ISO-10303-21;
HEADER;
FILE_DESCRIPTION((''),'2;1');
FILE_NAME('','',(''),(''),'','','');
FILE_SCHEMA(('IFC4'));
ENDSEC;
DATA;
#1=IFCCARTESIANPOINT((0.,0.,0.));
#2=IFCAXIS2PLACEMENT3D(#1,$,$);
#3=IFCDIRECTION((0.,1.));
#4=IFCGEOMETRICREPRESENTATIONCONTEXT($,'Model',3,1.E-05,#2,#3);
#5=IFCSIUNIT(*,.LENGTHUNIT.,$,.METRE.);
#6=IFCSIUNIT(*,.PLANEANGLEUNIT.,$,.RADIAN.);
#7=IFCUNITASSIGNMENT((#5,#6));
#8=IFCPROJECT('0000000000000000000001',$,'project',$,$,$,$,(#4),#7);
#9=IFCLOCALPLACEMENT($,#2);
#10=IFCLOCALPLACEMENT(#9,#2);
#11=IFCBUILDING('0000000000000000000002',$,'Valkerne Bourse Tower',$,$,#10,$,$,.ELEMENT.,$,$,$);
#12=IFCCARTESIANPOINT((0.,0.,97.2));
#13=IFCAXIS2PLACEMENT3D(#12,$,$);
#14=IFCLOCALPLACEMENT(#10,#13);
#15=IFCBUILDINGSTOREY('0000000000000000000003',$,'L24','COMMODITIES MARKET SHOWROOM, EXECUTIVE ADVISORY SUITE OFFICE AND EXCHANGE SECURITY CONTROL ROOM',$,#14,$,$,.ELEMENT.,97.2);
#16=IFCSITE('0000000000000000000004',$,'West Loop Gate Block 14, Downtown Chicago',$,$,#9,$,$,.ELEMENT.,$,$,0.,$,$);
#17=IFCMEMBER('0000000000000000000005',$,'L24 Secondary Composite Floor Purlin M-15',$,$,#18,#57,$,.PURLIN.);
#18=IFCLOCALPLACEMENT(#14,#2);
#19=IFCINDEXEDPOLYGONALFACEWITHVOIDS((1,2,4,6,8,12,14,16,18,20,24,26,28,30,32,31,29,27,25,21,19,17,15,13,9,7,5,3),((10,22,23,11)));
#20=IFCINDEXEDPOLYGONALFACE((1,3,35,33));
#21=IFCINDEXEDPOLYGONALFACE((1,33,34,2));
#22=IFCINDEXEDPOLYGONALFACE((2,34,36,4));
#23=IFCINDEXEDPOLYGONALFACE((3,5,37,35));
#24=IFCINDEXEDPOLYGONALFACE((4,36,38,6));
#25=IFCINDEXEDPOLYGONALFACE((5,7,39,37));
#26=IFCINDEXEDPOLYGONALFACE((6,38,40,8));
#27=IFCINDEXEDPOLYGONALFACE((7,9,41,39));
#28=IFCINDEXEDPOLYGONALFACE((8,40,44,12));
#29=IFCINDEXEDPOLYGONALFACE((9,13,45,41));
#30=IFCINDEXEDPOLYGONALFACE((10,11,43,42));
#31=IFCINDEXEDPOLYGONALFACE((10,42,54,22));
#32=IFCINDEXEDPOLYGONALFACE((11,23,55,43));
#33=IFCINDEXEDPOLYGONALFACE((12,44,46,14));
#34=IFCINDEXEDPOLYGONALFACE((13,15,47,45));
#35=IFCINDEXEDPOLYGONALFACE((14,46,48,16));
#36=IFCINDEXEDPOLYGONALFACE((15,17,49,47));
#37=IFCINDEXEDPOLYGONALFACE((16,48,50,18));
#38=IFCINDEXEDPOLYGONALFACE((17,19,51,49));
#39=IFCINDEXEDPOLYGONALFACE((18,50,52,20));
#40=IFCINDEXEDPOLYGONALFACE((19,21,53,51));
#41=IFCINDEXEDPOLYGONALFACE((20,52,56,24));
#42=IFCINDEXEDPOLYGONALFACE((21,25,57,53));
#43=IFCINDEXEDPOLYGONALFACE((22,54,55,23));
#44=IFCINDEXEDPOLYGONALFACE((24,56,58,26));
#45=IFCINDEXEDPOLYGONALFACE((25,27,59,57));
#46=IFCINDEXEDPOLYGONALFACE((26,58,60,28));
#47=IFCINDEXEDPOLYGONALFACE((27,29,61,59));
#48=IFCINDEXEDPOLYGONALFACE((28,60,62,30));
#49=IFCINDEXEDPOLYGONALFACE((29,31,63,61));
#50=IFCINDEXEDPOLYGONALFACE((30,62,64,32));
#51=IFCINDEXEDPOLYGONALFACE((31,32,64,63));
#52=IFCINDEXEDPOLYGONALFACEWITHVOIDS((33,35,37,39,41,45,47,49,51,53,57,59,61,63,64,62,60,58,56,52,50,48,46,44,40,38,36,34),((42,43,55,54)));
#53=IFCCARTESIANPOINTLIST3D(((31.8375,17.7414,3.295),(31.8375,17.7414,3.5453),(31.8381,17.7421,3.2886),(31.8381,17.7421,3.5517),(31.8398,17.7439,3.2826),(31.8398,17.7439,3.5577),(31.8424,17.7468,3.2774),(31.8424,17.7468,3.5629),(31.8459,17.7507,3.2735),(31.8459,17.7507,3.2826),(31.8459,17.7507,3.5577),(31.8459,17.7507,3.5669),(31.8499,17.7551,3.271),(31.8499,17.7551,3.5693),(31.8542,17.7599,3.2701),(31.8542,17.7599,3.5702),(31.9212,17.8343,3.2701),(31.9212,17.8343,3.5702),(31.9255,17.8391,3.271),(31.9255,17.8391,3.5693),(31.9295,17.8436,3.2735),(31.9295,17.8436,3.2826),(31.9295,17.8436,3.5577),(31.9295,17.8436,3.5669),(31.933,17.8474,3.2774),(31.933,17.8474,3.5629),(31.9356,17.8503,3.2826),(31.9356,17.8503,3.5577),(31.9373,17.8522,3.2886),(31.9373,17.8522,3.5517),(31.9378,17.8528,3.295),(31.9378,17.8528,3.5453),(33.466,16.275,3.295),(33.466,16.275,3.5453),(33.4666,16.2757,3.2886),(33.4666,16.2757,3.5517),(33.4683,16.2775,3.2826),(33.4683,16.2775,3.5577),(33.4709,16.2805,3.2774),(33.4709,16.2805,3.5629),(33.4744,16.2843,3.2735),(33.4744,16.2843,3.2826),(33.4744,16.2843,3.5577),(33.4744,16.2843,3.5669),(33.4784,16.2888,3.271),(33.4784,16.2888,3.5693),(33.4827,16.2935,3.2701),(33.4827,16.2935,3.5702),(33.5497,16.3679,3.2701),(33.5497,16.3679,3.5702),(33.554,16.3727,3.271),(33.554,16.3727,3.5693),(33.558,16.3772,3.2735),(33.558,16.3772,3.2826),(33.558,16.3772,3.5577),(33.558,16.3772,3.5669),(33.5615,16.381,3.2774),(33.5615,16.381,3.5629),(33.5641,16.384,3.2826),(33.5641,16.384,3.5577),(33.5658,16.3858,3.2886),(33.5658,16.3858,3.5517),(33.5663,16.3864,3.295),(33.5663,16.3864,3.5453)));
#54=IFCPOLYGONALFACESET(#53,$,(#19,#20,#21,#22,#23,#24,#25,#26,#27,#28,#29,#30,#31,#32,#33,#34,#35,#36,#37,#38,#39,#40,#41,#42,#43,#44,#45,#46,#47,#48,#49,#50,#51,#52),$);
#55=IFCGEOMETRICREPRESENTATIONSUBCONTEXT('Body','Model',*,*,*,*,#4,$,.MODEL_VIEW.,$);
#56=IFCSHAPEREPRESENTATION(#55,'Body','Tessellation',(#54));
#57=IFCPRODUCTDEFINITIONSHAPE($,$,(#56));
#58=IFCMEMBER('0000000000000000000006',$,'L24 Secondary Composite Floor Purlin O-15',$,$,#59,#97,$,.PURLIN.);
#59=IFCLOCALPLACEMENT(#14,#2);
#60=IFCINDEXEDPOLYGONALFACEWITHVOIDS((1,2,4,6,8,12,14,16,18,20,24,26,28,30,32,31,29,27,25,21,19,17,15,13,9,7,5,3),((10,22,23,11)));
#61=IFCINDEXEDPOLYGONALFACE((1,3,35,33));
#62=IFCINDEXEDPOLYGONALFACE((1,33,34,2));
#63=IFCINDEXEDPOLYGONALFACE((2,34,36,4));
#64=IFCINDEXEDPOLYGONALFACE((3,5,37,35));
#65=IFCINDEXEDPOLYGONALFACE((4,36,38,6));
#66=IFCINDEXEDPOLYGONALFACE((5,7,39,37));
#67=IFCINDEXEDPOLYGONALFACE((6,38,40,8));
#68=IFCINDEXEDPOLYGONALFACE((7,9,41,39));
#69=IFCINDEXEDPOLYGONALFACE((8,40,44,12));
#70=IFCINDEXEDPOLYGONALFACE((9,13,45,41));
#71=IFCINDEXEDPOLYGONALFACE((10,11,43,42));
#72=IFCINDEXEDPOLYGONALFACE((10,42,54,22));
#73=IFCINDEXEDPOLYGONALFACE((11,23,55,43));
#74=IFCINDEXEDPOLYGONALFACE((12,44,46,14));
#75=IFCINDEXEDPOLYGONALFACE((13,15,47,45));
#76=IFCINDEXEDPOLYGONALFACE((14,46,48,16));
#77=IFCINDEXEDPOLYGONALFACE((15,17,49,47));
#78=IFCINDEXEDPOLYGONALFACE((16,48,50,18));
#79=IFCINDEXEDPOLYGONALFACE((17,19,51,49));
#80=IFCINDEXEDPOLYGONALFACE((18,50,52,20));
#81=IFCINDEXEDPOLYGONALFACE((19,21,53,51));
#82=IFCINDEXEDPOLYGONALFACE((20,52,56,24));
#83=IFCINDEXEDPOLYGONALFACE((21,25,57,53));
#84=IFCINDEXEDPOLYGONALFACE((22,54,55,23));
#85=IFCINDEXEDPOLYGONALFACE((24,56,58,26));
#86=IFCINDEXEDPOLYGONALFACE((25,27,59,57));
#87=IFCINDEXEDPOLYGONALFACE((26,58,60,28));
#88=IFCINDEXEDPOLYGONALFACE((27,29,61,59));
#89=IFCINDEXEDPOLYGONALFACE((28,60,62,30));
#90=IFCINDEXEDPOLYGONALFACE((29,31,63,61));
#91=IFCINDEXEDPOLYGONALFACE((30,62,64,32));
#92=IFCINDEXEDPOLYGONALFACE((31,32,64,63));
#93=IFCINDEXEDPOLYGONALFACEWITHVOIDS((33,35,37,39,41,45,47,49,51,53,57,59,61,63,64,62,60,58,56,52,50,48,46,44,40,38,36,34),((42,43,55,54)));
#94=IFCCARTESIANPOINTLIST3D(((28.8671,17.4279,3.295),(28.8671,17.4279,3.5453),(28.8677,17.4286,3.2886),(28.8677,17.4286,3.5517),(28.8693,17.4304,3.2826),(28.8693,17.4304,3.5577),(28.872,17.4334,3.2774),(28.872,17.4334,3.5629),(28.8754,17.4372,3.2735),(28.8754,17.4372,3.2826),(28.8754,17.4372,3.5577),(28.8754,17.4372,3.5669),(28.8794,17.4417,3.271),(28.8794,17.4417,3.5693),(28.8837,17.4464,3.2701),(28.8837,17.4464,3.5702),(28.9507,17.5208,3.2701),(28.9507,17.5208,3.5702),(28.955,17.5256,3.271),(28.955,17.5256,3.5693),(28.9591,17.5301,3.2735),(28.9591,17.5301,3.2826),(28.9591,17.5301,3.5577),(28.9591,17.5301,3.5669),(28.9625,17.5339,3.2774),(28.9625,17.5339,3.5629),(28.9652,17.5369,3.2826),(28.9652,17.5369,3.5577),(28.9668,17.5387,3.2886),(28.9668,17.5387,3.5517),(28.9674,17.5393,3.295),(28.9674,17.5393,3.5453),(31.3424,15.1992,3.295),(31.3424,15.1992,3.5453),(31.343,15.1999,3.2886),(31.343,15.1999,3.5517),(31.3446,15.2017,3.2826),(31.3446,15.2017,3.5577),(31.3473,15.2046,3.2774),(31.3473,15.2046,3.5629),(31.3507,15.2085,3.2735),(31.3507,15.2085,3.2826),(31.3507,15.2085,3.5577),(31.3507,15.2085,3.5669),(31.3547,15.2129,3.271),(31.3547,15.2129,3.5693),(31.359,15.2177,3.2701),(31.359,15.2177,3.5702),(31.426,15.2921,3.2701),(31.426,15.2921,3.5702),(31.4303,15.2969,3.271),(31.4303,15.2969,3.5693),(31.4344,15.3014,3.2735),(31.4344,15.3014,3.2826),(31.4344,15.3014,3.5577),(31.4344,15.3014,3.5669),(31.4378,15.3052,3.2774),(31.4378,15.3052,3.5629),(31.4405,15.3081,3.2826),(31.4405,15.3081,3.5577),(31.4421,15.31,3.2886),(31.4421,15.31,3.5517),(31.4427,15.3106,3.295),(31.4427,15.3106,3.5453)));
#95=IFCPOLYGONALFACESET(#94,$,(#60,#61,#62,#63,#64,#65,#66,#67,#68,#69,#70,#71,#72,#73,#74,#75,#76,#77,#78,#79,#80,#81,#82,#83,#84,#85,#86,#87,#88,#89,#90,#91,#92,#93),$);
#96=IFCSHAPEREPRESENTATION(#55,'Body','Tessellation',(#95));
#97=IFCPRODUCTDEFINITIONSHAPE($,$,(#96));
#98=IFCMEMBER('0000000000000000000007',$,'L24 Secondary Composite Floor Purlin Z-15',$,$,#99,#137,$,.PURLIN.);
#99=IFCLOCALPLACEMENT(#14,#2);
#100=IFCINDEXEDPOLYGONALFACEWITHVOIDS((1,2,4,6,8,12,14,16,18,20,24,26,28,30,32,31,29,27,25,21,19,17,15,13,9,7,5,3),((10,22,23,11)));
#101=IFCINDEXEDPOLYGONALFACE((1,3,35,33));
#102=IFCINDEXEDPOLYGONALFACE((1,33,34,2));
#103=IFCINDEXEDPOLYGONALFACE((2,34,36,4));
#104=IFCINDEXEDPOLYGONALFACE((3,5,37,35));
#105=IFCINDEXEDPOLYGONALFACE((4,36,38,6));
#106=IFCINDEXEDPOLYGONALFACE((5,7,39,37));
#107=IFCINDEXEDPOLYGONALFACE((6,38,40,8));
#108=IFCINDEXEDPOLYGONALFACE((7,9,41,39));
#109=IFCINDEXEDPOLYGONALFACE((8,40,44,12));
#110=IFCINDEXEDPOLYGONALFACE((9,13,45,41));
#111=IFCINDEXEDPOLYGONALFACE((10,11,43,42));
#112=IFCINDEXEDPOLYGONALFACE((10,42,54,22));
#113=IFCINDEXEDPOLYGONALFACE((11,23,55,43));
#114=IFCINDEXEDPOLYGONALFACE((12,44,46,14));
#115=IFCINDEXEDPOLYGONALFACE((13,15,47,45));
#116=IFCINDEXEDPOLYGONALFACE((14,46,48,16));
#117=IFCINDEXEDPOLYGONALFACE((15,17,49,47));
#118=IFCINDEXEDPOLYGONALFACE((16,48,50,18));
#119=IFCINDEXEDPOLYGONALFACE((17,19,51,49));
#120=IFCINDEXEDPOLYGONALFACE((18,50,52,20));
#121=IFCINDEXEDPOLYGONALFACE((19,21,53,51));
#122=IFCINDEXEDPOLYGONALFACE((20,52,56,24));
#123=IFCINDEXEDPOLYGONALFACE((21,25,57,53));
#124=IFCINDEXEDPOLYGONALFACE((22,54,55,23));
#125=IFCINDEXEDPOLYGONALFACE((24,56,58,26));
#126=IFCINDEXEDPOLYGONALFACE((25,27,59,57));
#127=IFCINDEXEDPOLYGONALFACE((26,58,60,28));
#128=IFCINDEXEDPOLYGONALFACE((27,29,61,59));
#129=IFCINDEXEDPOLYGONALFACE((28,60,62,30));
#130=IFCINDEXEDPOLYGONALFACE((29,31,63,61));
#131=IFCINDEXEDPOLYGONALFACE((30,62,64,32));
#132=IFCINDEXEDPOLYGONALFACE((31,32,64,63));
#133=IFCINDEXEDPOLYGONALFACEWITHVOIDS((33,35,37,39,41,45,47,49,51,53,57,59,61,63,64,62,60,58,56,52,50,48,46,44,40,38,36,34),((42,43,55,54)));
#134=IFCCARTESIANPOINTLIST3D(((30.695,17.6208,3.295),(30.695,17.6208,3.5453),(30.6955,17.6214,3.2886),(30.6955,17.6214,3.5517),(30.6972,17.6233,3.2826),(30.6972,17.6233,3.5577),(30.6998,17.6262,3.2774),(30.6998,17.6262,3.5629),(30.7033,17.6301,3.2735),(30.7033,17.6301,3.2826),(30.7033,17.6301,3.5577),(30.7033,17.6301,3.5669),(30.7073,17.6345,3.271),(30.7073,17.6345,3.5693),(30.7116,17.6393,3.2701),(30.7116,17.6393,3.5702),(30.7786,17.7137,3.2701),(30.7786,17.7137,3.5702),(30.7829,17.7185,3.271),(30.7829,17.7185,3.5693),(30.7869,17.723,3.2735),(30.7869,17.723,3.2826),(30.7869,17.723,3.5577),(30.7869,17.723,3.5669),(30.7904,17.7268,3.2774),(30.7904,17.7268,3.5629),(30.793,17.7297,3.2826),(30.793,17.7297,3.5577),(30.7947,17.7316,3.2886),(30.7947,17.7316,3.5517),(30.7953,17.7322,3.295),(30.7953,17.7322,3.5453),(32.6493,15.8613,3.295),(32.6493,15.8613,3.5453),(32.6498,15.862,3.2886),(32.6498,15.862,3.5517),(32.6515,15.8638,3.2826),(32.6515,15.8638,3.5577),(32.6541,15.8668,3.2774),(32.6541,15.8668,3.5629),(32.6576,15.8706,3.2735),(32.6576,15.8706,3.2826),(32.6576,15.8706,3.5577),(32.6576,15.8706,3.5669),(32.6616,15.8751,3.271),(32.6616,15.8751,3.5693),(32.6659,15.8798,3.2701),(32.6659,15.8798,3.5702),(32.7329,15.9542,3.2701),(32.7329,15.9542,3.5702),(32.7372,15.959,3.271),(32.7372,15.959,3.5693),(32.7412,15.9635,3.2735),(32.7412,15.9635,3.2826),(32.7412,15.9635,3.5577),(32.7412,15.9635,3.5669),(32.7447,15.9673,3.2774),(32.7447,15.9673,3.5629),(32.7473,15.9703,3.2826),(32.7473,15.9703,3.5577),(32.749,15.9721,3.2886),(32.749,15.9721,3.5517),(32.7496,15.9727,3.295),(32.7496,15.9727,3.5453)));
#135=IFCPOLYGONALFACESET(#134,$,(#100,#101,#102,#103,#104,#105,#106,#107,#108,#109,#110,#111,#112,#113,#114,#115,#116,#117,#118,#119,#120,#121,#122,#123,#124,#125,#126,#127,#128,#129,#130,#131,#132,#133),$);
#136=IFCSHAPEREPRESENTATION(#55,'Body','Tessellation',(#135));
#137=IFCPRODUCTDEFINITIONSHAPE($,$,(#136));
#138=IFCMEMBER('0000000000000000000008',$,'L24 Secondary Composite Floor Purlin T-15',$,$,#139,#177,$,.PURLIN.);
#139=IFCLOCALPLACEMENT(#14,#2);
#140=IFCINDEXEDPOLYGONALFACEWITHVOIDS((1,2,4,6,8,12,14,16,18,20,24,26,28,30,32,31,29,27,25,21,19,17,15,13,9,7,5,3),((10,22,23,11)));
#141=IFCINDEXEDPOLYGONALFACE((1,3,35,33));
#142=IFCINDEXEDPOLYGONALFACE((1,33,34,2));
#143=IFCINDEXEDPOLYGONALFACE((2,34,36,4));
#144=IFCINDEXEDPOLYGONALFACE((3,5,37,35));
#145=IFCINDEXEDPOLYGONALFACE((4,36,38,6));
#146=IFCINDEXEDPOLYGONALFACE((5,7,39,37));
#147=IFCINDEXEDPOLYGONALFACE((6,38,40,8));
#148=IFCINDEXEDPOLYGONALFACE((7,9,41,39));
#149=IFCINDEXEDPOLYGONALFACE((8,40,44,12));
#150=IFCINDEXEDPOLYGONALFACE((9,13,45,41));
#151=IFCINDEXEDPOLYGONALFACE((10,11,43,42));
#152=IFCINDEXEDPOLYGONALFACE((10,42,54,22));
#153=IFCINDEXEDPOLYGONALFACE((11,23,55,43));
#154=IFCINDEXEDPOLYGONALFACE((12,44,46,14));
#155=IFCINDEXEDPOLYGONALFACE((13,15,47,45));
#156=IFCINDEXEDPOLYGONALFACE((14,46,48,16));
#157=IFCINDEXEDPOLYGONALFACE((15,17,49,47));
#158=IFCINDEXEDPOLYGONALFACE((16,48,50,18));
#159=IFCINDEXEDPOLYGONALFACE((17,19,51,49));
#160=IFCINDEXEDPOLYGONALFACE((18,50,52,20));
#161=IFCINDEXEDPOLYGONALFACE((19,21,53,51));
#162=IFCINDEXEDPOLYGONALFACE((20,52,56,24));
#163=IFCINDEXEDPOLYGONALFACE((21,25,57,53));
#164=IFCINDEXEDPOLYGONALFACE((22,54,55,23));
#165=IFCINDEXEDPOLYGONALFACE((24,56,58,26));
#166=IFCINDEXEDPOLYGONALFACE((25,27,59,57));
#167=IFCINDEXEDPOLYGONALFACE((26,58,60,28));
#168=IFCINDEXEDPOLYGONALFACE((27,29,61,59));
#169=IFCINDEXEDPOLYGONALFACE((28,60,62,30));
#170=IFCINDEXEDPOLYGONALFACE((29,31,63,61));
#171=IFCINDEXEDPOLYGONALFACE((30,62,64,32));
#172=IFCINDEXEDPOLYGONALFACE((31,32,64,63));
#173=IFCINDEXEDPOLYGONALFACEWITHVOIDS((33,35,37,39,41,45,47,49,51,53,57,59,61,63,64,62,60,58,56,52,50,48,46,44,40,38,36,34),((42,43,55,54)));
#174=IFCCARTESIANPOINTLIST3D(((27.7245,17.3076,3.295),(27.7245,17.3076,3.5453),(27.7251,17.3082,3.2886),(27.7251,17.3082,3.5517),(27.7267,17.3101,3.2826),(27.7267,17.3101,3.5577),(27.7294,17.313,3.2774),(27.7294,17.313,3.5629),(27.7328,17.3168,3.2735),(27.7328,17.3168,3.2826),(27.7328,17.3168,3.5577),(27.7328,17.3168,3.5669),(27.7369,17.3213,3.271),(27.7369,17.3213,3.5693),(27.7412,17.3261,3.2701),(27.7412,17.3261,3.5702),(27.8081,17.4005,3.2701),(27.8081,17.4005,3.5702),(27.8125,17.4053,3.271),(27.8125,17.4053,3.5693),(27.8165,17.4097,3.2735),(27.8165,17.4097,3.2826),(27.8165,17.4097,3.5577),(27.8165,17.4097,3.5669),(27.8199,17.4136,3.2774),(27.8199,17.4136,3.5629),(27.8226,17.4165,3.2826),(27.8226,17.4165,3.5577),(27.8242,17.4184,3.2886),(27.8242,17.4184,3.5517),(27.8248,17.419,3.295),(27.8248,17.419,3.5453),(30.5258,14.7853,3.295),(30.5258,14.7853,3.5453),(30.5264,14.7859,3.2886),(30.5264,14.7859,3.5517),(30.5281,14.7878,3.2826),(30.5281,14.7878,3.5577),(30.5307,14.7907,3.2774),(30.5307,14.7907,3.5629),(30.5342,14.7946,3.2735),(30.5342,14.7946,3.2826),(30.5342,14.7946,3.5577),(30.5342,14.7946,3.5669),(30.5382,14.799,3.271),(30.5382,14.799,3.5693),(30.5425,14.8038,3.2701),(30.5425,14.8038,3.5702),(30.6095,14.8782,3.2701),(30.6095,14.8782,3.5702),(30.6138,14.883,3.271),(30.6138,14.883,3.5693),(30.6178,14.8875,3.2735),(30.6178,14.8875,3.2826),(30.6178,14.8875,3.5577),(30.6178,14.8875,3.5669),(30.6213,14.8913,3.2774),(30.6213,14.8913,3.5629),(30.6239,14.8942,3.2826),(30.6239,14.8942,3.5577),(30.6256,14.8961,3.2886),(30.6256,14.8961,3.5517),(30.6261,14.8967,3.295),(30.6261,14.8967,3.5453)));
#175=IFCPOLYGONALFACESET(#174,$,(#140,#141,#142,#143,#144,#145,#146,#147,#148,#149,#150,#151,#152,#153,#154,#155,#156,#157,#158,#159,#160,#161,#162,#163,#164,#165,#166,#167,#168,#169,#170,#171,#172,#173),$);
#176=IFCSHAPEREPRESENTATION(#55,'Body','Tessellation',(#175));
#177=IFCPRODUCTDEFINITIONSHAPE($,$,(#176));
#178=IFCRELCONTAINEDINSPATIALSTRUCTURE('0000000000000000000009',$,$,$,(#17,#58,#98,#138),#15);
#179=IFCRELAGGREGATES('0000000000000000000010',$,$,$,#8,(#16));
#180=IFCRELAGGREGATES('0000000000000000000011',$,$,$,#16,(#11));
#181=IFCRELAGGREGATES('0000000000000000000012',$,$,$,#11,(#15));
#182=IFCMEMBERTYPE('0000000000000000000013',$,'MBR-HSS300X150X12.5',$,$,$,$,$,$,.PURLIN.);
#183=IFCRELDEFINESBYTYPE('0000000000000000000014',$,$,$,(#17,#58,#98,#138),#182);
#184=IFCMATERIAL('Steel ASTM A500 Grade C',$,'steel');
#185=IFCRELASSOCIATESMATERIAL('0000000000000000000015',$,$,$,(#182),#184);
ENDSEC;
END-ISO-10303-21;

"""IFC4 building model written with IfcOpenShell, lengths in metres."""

from ifc_helpers import new_model, si_unit, direction, frame, origin, origin_2d, place, context, subcontext, project, spatial, hollow_rectangle, extrude, material, material_profile, profile_set, type_object, element, save


model = new_model("IFC4")

# Units and contexts
model_context = context("Model", 3, precision=1e-05, world=origin(), true_north=direction((0.0, 1.0)))
body_context = subcontext(model_context, "Body", "Model", "MODEL_VIEW")
ifc_project = project(units=[si_unit("LENGTHUNIT", "METRE"), si_unit("PLANEANGLEUNIT", "RADIAN")], contexts=[model_context])

# Site, building, storey
site_placement = place(None, origin())
site = spatial("IfcSite", under=ifc_project, at=site_placement, Name="West Loop Gate Block 14, Downtown Chicago", CompositionType="ELEMENT", RefElevation=0.0)
building_placement = place(site_placement, origin())
building = spatial("IfcBuilding", under=site, at=building_placement, Name="Valkerne Bourse Tower", CompositionType="ELEMENT")
storey_placement = place(building_placement, frame((0.0, 0.0, 97.2)))
storey = spatial("IfcBuildingStorey", under=building, at=storey_placement, Name="L24", Description="COMMODITIES MARKET SHOWROOM, EXECUTIVE ADVISORY SUITE OFFICE AND EXCHANGE SECURITY CONTROL ROOM", CompositionType="ELEMENT", Elevation=97.2)

# Members
ifc_material_1 = material(Name="Steel ASTM A500 Grade C", Category="steel")
ifc_material_profile_1 = material_profile(ifc_material_1, hollow_rectangle(XDim=0.1499, YDim=0.3, WallThickness=0.0125, OuterFilletRadius=0.0249, at=origin_2d()), Name="HSS300X150X12.5")
ifc_profile_set_1 = profile_set([ifc_material_profile_1], Name="Steel ASTM A500 Grade C")
member_type_1 = type_object("IfcMemberType", Name="MBR-HSS300X150X12.5", PredefinedType="PURLIN", material=ifc_profile_set_1)
member_1_placement = place(storey_placement, frame((31.8877, 17.7971, 3.4202), z_axis=(0.743128, -0.669149, 0.0), x_axis=(0.669149, 0.743128, 0.0)))
element("IfcMember", 1, at=member_1_placement, inside=storey, type_object=member_type_1, Name="L24 Secondary Composite Floor Purlin M-15", PredefinedType="PURLIN", context=body_context, shape_type="SweptSolid", body=[
    extrude(hollow_rectangle(XDim=0.1499, YDim=0.3, WallThickness=0.0125, OuterFilletRadius=0.0249, at=origin_2d()), origin(), (0.0, 0.0, 1.0), 2.1914),
])
member_2_placement = place(storey_placement, frame((28.9172, 17.4836, 3.4202), z_axis=(0.743152, -0.669123, 0.0), x_axis=(0.669123, 0.743152, 0.0)))
element("IfcMember", 2, at=member_2_placement, inside=storey, type_object=member_type_1, Name="L24 Secondary Composite Floor Purlin O-15", PredefinedType="PURLIN", context=body_context, shape_type="SweptSolid", body=[
    extrude(hollow_rectangle(XDim=0.1499, YDim=0.3, WallThickness=0.0125, OuterFilletRadius=0.0249, at=origin_2d()), origin(), (0.0, 0.0, 1.0), 3.3308),
])
member_3_placement = place(storey_placement, frame((30.7451, 17.6765, 3.4202), z_axis=(0.743179, -0.669093, 0.0), x_axis=(0.669093, 0.743179, 0.0)))
element("IfcMember", 3, at=member_3_placement, inside=storey, type_object=member_type_1, Name="L24 Secondary Composite Floor Purlin Z-15", PredefinedType="PURLIN", context=body_context, shape_type="SweptSolid", body=[
    extrude(hollow_rectangle(XDim=0.1499, YDim=0.3, WallThickness=0.0125, OuterFilletRadius=0.0249, at=origin_2d()), origin(), (0.0, 0.0, 1.0), 2.6296),
])
member_4_placement = place(storey_placement, frame((27.7747, 17.3633, 3.4202), z_axis=(0.743152, -0.669122, 0.0), x_axis=(0.669122, 0.743152, 0.0)))
element("IfcMember", 4, at=member_4_placement, inside=storey, type_object=member_type_1, Name="L24 Secondary Composite Floor Purlin T-15", PredefinedType="PURLIN", context=body_context, shape_type="SweptSolid", body=[
    extrude(hollow_rectangle(XDim=0.1499, YDim=0.3, WallThickness=0.0125, OuterFilletRadius=0.0249, at=origin_2d()), origin(), (0.0, 0.0, 1.0), 3.7695),
])

save(model, "model.ifc")
